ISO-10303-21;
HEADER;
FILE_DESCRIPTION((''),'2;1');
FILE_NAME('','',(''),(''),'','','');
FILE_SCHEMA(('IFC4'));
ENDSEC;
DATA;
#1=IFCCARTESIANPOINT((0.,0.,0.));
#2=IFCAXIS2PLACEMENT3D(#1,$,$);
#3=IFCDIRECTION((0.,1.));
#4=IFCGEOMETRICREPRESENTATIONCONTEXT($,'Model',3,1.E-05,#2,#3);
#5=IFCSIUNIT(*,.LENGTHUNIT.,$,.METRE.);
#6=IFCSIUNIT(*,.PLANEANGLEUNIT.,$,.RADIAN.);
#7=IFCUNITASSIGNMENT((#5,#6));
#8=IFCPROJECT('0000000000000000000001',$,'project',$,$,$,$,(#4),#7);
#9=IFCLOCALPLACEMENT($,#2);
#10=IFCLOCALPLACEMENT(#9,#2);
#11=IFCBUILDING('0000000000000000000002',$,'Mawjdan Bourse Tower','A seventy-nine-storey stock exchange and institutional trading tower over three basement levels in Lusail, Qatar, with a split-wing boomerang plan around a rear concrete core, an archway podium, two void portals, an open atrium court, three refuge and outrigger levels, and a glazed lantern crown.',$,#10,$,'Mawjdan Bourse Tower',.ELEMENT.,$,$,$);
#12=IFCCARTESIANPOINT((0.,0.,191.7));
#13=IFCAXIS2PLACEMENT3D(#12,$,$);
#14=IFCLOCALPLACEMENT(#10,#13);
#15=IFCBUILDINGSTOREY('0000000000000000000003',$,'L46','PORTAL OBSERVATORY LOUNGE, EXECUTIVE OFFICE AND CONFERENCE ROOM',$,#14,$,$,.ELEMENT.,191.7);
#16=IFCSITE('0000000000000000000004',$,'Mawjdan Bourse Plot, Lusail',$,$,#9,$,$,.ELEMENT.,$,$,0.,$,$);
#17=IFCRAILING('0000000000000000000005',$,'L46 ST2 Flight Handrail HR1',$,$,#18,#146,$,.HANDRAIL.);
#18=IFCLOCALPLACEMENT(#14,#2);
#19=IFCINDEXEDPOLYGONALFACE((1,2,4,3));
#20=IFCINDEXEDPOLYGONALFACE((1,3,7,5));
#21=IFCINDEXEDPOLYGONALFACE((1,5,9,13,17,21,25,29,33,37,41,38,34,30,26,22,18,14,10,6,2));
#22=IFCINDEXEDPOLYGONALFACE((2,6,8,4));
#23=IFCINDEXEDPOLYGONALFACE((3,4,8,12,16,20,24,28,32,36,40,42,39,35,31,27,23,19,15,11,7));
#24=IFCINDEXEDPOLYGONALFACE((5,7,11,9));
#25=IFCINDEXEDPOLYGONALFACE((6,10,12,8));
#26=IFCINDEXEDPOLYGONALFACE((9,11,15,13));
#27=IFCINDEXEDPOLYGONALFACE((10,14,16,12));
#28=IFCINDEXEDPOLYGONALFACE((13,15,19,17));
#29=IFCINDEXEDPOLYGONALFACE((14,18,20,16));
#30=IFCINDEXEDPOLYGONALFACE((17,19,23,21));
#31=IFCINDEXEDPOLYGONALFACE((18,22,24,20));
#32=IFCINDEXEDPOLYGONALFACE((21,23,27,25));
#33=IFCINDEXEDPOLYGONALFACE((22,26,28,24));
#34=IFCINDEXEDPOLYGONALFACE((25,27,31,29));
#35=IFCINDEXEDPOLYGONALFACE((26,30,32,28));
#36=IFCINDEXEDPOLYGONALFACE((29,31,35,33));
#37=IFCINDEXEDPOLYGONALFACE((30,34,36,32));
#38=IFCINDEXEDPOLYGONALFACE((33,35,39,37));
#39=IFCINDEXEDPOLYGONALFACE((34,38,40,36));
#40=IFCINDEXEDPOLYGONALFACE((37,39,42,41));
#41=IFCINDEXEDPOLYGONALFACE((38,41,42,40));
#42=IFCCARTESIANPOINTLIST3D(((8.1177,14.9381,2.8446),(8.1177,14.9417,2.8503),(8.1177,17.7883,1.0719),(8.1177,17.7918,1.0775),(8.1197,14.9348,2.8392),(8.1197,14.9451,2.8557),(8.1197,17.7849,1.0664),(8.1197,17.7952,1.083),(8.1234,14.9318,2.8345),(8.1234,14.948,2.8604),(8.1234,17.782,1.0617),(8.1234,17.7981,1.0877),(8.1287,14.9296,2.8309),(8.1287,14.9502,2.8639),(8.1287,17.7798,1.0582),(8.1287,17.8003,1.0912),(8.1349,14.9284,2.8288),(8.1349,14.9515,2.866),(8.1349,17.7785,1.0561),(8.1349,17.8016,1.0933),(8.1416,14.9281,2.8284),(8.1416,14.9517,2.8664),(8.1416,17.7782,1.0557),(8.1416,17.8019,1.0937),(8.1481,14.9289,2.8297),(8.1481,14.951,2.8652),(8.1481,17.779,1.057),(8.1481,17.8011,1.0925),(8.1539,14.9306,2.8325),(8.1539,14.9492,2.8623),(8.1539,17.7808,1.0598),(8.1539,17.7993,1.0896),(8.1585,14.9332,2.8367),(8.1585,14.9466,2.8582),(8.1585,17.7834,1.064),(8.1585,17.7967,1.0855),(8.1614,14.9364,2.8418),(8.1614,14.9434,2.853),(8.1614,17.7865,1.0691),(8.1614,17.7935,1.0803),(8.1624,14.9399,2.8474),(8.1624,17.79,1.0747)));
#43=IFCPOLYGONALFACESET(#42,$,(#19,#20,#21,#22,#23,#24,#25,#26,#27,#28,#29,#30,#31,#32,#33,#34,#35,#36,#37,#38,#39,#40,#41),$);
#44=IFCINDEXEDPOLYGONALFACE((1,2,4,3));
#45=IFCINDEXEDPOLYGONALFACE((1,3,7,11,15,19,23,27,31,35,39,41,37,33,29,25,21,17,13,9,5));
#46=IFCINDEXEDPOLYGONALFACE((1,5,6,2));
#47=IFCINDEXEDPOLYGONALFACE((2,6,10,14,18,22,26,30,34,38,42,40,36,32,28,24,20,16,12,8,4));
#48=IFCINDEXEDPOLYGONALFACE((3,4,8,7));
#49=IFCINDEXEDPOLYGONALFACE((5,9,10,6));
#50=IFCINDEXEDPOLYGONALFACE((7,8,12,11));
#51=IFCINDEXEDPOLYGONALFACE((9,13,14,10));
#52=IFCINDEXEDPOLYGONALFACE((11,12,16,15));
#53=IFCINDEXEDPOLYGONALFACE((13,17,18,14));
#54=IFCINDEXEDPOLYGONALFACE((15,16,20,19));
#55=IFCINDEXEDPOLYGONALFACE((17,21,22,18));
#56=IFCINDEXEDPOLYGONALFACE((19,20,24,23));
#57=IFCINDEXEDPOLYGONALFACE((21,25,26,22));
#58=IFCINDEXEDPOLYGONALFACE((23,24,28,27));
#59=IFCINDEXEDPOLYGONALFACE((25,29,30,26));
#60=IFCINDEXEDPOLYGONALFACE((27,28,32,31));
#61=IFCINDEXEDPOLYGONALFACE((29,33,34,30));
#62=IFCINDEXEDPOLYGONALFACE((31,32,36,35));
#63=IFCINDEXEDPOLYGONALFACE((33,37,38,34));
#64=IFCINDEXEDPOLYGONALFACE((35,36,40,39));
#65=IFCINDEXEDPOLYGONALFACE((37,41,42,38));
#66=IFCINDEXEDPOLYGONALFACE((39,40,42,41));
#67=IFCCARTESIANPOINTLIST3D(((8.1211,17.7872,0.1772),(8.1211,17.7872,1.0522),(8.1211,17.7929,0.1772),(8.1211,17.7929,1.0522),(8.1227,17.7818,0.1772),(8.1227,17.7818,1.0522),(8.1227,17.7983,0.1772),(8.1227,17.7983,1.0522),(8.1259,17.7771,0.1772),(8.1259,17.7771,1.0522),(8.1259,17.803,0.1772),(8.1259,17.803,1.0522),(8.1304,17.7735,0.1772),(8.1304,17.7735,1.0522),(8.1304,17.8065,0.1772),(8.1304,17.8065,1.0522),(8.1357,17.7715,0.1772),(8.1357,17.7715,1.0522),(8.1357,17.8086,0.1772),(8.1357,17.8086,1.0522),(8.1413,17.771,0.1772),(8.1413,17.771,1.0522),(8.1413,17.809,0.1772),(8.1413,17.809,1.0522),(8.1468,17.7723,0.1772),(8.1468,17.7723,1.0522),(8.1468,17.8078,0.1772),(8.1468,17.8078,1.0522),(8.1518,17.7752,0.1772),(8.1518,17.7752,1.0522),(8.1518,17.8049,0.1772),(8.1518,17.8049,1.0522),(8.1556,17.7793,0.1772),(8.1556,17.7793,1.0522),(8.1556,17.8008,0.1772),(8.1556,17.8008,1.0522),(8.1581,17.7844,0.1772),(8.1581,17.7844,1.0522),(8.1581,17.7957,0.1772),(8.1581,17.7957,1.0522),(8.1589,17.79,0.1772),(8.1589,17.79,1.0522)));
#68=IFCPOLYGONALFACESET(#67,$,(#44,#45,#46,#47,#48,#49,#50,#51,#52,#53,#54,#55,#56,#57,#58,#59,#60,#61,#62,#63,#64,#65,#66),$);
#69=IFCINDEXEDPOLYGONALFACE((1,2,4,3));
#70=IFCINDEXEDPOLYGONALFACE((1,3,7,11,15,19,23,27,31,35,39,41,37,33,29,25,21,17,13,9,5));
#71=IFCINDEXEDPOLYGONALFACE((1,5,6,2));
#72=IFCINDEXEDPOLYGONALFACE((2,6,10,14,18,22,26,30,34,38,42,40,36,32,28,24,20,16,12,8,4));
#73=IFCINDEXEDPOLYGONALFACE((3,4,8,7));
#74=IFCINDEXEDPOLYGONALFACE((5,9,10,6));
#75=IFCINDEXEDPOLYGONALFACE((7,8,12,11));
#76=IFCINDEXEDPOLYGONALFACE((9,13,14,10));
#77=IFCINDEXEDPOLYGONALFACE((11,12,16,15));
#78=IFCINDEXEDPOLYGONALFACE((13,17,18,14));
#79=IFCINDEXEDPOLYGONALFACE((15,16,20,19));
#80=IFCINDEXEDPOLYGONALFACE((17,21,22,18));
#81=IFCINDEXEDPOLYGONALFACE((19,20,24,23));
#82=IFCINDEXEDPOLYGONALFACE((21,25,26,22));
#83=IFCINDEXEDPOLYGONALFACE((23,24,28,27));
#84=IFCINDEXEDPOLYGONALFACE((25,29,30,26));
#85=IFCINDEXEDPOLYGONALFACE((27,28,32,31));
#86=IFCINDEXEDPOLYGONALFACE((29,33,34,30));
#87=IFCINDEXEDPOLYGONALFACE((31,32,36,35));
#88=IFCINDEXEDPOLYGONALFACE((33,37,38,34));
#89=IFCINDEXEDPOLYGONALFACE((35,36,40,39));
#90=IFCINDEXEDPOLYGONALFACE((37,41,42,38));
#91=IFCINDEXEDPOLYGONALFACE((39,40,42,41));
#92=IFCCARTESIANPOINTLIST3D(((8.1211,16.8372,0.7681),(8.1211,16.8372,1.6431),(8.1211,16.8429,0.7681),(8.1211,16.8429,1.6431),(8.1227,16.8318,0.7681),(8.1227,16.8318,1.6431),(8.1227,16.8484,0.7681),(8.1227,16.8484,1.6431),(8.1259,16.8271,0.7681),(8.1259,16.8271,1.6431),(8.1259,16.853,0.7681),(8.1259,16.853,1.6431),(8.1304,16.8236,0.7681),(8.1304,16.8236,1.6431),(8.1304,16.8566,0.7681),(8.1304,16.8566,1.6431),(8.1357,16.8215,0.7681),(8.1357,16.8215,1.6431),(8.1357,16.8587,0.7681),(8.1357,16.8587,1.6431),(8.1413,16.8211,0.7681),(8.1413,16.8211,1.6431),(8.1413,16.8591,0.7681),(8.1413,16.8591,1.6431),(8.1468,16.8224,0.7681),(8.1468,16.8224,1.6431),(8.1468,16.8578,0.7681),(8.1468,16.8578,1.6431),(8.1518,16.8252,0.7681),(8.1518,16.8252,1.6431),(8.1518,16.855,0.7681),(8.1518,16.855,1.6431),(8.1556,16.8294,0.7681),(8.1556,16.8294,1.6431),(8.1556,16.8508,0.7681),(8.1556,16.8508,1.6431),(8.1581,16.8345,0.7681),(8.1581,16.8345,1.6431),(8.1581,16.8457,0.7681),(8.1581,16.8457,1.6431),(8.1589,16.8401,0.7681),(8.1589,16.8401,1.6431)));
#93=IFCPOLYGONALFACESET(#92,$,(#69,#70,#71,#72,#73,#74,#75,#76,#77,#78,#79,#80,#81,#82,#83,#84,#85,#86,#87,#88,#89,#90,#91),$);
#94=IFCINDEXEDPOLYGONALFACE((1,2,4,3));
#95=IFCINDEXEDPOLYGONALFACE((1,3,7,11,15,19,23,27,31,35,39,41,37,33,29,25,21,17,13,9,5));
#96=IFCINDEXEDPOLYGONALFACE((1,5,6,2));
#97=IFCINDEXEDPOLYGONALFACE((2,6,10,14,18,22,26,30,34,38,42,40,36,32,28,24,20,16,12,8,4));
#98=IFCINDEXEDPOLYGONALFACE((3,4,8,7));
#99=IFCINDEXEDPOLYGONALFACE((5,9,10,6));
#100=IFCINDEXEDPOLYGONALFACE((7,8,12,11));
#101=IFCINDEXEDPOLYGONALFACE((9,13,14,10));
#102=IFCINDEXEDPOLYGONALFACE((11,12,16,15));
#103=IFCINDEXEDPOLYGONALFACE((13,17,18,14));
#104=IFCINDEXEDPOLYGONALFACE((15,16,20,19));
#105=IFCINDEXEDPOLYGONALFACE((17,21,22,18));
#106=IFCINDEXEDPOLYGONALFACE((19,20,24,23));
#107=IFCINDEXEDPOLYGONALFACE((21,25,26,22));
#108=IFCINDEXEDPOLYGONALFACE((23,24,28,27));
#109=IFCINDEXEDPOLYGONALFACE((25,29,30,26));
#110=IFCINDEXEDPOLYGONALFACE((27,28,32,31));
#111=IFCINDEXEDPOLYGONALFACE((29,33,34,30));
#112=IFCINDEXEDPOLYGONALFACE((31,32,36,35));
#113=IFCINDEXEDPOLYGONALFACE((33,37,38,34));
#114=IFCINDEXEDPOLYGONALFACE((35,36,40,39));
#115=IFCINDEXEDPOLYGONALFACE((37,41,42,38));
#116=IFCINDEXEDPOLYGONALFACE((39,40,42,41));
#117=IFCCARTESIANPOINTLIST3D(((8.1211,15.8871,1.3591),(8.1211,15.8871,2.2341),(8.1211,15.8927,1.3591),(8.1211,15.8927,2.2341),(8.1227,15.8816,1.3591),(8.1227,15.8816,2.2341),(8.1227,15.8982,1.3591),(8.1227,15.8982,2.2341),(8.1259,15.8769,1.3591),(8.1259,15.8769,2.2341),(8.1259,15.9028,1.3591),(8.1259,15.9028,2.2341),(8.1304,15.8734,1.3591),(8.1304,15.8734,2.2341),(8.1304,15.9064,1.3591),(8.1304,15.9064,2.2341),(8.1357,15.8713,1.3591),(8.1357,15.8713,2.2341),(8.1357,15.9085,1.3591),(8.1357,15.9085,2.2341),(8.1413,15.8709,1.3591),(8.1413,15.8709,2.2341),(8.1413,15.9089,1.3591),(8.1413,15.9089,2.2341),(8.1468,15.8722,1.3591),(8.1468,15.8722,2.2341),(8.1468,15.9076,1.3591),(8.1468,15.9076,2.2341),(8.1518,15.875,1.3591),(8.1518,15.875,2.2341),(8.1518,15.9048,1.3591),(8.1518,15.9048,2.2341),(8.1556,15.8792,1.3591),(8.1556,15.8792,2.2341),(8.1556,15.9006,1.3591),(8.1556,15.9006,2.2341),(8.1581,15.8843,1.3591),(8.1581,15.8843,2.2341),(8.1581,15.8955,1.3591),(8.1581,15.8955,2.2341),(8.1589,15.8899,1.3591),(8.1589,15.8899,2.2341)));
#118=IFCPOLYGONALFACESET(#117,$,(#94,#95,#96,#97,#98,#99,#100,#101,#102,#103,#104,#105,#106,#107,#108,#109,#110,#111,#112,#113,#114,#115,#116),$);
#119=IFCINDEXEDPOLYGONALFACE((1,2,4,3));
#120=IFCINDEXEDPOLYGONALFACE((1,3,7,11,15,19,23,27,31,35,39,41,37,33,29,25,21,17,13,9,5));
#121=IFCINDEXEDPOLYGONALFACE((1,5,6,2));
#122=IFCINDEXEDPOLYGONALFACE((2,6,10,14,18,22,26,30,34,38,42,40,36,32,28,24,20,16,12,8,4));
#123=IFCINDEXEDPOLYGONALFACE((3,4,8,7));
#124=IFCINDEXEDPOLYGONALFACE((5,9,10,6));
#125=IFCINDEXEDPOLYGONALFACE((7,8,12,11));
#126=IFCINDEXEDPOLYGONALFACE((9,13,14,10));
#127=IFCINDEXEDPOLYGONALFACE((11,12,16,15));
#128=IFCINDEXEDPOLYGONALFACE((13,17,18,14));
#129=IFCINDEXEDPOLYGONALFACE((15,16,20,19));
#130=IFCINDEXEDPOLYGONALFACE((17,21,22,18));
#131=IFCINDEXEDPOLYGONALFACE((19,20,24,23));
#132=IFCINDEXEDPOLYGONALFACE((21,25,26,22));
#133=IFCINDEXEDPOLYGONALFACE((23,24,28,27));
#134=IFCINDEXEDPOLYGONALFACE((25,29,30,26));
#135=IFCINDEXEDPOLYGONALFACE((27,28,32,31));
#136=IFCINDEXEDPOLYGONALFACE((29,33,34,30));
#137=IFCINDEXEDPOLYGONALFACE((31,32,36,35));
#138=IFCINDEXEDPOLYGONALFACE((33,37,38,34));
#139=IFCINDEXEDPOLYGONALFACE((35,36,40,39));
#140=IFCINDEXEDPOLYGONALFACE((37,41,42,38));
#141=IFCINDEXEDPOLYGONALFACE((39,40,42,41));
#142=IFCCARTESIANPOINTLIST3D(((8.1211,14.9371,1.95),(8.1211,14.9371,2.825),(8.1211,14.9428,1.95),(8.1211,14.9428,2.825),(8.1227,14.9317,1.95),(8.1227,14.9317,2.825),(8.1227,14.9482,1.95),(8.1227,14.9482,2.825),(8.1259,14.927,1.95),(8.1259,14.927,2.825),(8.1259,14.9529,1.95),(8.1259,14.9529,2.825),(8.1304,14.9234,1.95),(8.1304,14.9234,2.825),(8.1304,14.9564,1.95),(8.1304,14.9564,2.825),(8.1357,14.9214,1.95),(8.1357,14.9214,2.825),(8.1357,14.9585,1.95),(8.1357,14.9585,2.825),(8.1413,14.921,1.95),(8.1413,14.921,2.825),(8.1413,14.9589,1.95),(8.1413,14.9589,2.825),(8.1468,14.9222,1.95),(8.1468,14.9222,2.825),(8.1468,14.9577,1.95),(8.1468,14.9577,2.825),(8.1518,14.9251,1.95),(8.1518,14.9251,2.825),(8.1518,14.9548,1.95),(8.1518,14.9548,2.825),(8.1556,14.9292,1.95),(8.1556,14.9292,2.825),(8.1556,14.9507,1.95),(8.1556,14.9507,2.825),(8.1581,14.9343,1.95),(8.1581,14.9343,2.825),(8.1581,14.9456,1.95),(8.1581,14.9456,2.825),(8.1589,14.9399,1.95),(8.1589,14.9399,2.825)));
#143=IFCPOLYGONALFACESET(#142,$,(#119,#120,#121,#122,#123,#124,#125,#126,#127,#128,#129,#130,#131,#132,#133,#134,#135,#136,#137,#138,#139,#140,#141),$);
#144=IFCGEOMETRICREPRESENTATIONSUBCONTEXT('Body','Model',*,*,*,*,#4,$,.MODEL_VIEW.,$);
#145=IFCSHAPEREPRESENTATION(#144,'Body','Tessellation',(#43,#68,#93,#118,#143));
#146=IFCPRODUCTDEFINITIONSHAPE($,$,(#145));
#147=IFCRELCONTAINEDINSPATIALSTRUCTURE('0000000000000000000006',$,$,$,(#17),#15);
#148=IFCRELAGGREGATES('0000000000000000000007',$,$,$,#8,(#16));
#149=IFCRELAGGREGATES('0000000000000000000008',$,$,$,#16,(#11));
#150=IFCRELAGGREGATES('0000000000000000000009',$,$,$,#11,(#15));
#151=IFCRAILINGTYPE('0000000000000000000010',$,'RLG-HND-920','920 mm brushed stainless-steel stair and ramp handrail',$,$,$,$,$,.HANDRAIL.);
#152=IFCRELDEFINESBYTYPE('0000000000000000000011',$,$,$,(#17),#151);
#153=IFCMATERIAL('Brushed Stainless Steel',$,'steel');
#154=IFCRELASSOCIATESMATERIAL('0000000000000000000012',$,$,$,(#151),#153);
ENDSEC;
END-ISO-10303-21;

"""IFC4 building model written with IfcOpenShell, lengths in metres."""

from ifc_helpers import new_model, si_unit, direction, frame, origin, origin_2d, place, context, subcontext, project, spatial, circle, extrude, material, type_object, element, save


model = new_model("IFC4")

# Units and contexts
model_context = context("Model", 3, precision=1e-05, world=origin(), true_north=direction((0.0, 1.0)))
body_context = subcontext(model_context, "Body", "Model", "MODEL_VIEW")
ifc_project = project(units=[si_unit("LENGTHUNIT", "METRE"), si_unit("PLANEANGLEUNIT", "RADIAN")], contexts=[model_context])

# Site, building, storey
site_placement = place(None, origin())
site = spatial("IfcSite", under=ifc_project, at=site_placement, Name="Mawjdan Bourse Plot, Lusail", CompositionType="ELEMENT", RefElevation=0.0)
building_placement = place(site_placement, origin())
building = spatial("IfcBuilding", under=site, at=building_placement, Name="Mawjdan Bourse Tower", Description="A seventy-nine-storey stock exchange and institutional trading tower over three basement levels in Lusail, Qatar, with a split-wing boomerang plan around a rear concrete core, an archway podium, two void portals, an open atrium court, three refuge and outrigger levels, and a glazed lantern crown.", LongName="Mawjdan Bourse Tower", CompositionType="ELEMENT")
storey_placement = place(building_placement, frame((0.0, 0.0, 191.7)))
storey = spatial("IfcBuildingStorey", under=building, at=storey_placement, Name="L46", Description="PORTAL OBSERVATORY LOUNGE, EXECUTIVE OFFICE AND CONFERENCE ROOM", CompositionType="ELEMENT", Elevation=191.7)

# Railing
ifc_material_1 = material(Name="Brushed Stainless Steel", Category="steel")
railing_type_1 = type_object("IfcRailingType", Name="RLG-HND-920", Description="920 mm brushed stainless-steel stair and ramp handrail", PredefinedType="HANDRAIL", material=ifc_material_1)
railing_1_placement = place(storey_placement, frame((8.1399, 17.79, 0.1772)))
element("IfcRailing", 1, at=railing_1_placement, inside=storey, type_object=railing_type_1, Name="L46 ST2 Flight Handrail HR1", PredefinedType="HANDRAIL", context=body_context, shape_type="SweptSolid", body=[
    extrude(circle(Radius=0.0225, at=origin_2d()), frame((0.0, 0.0, 0.8975), z_axis=(0.0, -0.849149, 0.528154), x_axis=(1.0, 0.0, 0.0)), (0.0, 0.0, 1.0), 3.3564),
    extrude(circle(Radius=0.019, at=origin_2d()), origin(), (0.0, 0.0, 1.0), 0.875),
    extrude(circle(Radius=0.019, at=origin_2d()), frame((0.0, -0.95, 0.5908)), (0.0, 0.0, 1.0), 0.875),
    extrude(circle(Radius=0.019, at=origin_2d()), frame((0.0, -1.9001, 1.1819)), (0.0, 0.0, 1.0), 0.875),
    extrude(circle(Radius=0.019, at=origin_2d()), frame((0.0, -2.8501, 1.7727)), (0.0, 0.0, 1.0), 0.875),
])

save(model, "model.ifc")
